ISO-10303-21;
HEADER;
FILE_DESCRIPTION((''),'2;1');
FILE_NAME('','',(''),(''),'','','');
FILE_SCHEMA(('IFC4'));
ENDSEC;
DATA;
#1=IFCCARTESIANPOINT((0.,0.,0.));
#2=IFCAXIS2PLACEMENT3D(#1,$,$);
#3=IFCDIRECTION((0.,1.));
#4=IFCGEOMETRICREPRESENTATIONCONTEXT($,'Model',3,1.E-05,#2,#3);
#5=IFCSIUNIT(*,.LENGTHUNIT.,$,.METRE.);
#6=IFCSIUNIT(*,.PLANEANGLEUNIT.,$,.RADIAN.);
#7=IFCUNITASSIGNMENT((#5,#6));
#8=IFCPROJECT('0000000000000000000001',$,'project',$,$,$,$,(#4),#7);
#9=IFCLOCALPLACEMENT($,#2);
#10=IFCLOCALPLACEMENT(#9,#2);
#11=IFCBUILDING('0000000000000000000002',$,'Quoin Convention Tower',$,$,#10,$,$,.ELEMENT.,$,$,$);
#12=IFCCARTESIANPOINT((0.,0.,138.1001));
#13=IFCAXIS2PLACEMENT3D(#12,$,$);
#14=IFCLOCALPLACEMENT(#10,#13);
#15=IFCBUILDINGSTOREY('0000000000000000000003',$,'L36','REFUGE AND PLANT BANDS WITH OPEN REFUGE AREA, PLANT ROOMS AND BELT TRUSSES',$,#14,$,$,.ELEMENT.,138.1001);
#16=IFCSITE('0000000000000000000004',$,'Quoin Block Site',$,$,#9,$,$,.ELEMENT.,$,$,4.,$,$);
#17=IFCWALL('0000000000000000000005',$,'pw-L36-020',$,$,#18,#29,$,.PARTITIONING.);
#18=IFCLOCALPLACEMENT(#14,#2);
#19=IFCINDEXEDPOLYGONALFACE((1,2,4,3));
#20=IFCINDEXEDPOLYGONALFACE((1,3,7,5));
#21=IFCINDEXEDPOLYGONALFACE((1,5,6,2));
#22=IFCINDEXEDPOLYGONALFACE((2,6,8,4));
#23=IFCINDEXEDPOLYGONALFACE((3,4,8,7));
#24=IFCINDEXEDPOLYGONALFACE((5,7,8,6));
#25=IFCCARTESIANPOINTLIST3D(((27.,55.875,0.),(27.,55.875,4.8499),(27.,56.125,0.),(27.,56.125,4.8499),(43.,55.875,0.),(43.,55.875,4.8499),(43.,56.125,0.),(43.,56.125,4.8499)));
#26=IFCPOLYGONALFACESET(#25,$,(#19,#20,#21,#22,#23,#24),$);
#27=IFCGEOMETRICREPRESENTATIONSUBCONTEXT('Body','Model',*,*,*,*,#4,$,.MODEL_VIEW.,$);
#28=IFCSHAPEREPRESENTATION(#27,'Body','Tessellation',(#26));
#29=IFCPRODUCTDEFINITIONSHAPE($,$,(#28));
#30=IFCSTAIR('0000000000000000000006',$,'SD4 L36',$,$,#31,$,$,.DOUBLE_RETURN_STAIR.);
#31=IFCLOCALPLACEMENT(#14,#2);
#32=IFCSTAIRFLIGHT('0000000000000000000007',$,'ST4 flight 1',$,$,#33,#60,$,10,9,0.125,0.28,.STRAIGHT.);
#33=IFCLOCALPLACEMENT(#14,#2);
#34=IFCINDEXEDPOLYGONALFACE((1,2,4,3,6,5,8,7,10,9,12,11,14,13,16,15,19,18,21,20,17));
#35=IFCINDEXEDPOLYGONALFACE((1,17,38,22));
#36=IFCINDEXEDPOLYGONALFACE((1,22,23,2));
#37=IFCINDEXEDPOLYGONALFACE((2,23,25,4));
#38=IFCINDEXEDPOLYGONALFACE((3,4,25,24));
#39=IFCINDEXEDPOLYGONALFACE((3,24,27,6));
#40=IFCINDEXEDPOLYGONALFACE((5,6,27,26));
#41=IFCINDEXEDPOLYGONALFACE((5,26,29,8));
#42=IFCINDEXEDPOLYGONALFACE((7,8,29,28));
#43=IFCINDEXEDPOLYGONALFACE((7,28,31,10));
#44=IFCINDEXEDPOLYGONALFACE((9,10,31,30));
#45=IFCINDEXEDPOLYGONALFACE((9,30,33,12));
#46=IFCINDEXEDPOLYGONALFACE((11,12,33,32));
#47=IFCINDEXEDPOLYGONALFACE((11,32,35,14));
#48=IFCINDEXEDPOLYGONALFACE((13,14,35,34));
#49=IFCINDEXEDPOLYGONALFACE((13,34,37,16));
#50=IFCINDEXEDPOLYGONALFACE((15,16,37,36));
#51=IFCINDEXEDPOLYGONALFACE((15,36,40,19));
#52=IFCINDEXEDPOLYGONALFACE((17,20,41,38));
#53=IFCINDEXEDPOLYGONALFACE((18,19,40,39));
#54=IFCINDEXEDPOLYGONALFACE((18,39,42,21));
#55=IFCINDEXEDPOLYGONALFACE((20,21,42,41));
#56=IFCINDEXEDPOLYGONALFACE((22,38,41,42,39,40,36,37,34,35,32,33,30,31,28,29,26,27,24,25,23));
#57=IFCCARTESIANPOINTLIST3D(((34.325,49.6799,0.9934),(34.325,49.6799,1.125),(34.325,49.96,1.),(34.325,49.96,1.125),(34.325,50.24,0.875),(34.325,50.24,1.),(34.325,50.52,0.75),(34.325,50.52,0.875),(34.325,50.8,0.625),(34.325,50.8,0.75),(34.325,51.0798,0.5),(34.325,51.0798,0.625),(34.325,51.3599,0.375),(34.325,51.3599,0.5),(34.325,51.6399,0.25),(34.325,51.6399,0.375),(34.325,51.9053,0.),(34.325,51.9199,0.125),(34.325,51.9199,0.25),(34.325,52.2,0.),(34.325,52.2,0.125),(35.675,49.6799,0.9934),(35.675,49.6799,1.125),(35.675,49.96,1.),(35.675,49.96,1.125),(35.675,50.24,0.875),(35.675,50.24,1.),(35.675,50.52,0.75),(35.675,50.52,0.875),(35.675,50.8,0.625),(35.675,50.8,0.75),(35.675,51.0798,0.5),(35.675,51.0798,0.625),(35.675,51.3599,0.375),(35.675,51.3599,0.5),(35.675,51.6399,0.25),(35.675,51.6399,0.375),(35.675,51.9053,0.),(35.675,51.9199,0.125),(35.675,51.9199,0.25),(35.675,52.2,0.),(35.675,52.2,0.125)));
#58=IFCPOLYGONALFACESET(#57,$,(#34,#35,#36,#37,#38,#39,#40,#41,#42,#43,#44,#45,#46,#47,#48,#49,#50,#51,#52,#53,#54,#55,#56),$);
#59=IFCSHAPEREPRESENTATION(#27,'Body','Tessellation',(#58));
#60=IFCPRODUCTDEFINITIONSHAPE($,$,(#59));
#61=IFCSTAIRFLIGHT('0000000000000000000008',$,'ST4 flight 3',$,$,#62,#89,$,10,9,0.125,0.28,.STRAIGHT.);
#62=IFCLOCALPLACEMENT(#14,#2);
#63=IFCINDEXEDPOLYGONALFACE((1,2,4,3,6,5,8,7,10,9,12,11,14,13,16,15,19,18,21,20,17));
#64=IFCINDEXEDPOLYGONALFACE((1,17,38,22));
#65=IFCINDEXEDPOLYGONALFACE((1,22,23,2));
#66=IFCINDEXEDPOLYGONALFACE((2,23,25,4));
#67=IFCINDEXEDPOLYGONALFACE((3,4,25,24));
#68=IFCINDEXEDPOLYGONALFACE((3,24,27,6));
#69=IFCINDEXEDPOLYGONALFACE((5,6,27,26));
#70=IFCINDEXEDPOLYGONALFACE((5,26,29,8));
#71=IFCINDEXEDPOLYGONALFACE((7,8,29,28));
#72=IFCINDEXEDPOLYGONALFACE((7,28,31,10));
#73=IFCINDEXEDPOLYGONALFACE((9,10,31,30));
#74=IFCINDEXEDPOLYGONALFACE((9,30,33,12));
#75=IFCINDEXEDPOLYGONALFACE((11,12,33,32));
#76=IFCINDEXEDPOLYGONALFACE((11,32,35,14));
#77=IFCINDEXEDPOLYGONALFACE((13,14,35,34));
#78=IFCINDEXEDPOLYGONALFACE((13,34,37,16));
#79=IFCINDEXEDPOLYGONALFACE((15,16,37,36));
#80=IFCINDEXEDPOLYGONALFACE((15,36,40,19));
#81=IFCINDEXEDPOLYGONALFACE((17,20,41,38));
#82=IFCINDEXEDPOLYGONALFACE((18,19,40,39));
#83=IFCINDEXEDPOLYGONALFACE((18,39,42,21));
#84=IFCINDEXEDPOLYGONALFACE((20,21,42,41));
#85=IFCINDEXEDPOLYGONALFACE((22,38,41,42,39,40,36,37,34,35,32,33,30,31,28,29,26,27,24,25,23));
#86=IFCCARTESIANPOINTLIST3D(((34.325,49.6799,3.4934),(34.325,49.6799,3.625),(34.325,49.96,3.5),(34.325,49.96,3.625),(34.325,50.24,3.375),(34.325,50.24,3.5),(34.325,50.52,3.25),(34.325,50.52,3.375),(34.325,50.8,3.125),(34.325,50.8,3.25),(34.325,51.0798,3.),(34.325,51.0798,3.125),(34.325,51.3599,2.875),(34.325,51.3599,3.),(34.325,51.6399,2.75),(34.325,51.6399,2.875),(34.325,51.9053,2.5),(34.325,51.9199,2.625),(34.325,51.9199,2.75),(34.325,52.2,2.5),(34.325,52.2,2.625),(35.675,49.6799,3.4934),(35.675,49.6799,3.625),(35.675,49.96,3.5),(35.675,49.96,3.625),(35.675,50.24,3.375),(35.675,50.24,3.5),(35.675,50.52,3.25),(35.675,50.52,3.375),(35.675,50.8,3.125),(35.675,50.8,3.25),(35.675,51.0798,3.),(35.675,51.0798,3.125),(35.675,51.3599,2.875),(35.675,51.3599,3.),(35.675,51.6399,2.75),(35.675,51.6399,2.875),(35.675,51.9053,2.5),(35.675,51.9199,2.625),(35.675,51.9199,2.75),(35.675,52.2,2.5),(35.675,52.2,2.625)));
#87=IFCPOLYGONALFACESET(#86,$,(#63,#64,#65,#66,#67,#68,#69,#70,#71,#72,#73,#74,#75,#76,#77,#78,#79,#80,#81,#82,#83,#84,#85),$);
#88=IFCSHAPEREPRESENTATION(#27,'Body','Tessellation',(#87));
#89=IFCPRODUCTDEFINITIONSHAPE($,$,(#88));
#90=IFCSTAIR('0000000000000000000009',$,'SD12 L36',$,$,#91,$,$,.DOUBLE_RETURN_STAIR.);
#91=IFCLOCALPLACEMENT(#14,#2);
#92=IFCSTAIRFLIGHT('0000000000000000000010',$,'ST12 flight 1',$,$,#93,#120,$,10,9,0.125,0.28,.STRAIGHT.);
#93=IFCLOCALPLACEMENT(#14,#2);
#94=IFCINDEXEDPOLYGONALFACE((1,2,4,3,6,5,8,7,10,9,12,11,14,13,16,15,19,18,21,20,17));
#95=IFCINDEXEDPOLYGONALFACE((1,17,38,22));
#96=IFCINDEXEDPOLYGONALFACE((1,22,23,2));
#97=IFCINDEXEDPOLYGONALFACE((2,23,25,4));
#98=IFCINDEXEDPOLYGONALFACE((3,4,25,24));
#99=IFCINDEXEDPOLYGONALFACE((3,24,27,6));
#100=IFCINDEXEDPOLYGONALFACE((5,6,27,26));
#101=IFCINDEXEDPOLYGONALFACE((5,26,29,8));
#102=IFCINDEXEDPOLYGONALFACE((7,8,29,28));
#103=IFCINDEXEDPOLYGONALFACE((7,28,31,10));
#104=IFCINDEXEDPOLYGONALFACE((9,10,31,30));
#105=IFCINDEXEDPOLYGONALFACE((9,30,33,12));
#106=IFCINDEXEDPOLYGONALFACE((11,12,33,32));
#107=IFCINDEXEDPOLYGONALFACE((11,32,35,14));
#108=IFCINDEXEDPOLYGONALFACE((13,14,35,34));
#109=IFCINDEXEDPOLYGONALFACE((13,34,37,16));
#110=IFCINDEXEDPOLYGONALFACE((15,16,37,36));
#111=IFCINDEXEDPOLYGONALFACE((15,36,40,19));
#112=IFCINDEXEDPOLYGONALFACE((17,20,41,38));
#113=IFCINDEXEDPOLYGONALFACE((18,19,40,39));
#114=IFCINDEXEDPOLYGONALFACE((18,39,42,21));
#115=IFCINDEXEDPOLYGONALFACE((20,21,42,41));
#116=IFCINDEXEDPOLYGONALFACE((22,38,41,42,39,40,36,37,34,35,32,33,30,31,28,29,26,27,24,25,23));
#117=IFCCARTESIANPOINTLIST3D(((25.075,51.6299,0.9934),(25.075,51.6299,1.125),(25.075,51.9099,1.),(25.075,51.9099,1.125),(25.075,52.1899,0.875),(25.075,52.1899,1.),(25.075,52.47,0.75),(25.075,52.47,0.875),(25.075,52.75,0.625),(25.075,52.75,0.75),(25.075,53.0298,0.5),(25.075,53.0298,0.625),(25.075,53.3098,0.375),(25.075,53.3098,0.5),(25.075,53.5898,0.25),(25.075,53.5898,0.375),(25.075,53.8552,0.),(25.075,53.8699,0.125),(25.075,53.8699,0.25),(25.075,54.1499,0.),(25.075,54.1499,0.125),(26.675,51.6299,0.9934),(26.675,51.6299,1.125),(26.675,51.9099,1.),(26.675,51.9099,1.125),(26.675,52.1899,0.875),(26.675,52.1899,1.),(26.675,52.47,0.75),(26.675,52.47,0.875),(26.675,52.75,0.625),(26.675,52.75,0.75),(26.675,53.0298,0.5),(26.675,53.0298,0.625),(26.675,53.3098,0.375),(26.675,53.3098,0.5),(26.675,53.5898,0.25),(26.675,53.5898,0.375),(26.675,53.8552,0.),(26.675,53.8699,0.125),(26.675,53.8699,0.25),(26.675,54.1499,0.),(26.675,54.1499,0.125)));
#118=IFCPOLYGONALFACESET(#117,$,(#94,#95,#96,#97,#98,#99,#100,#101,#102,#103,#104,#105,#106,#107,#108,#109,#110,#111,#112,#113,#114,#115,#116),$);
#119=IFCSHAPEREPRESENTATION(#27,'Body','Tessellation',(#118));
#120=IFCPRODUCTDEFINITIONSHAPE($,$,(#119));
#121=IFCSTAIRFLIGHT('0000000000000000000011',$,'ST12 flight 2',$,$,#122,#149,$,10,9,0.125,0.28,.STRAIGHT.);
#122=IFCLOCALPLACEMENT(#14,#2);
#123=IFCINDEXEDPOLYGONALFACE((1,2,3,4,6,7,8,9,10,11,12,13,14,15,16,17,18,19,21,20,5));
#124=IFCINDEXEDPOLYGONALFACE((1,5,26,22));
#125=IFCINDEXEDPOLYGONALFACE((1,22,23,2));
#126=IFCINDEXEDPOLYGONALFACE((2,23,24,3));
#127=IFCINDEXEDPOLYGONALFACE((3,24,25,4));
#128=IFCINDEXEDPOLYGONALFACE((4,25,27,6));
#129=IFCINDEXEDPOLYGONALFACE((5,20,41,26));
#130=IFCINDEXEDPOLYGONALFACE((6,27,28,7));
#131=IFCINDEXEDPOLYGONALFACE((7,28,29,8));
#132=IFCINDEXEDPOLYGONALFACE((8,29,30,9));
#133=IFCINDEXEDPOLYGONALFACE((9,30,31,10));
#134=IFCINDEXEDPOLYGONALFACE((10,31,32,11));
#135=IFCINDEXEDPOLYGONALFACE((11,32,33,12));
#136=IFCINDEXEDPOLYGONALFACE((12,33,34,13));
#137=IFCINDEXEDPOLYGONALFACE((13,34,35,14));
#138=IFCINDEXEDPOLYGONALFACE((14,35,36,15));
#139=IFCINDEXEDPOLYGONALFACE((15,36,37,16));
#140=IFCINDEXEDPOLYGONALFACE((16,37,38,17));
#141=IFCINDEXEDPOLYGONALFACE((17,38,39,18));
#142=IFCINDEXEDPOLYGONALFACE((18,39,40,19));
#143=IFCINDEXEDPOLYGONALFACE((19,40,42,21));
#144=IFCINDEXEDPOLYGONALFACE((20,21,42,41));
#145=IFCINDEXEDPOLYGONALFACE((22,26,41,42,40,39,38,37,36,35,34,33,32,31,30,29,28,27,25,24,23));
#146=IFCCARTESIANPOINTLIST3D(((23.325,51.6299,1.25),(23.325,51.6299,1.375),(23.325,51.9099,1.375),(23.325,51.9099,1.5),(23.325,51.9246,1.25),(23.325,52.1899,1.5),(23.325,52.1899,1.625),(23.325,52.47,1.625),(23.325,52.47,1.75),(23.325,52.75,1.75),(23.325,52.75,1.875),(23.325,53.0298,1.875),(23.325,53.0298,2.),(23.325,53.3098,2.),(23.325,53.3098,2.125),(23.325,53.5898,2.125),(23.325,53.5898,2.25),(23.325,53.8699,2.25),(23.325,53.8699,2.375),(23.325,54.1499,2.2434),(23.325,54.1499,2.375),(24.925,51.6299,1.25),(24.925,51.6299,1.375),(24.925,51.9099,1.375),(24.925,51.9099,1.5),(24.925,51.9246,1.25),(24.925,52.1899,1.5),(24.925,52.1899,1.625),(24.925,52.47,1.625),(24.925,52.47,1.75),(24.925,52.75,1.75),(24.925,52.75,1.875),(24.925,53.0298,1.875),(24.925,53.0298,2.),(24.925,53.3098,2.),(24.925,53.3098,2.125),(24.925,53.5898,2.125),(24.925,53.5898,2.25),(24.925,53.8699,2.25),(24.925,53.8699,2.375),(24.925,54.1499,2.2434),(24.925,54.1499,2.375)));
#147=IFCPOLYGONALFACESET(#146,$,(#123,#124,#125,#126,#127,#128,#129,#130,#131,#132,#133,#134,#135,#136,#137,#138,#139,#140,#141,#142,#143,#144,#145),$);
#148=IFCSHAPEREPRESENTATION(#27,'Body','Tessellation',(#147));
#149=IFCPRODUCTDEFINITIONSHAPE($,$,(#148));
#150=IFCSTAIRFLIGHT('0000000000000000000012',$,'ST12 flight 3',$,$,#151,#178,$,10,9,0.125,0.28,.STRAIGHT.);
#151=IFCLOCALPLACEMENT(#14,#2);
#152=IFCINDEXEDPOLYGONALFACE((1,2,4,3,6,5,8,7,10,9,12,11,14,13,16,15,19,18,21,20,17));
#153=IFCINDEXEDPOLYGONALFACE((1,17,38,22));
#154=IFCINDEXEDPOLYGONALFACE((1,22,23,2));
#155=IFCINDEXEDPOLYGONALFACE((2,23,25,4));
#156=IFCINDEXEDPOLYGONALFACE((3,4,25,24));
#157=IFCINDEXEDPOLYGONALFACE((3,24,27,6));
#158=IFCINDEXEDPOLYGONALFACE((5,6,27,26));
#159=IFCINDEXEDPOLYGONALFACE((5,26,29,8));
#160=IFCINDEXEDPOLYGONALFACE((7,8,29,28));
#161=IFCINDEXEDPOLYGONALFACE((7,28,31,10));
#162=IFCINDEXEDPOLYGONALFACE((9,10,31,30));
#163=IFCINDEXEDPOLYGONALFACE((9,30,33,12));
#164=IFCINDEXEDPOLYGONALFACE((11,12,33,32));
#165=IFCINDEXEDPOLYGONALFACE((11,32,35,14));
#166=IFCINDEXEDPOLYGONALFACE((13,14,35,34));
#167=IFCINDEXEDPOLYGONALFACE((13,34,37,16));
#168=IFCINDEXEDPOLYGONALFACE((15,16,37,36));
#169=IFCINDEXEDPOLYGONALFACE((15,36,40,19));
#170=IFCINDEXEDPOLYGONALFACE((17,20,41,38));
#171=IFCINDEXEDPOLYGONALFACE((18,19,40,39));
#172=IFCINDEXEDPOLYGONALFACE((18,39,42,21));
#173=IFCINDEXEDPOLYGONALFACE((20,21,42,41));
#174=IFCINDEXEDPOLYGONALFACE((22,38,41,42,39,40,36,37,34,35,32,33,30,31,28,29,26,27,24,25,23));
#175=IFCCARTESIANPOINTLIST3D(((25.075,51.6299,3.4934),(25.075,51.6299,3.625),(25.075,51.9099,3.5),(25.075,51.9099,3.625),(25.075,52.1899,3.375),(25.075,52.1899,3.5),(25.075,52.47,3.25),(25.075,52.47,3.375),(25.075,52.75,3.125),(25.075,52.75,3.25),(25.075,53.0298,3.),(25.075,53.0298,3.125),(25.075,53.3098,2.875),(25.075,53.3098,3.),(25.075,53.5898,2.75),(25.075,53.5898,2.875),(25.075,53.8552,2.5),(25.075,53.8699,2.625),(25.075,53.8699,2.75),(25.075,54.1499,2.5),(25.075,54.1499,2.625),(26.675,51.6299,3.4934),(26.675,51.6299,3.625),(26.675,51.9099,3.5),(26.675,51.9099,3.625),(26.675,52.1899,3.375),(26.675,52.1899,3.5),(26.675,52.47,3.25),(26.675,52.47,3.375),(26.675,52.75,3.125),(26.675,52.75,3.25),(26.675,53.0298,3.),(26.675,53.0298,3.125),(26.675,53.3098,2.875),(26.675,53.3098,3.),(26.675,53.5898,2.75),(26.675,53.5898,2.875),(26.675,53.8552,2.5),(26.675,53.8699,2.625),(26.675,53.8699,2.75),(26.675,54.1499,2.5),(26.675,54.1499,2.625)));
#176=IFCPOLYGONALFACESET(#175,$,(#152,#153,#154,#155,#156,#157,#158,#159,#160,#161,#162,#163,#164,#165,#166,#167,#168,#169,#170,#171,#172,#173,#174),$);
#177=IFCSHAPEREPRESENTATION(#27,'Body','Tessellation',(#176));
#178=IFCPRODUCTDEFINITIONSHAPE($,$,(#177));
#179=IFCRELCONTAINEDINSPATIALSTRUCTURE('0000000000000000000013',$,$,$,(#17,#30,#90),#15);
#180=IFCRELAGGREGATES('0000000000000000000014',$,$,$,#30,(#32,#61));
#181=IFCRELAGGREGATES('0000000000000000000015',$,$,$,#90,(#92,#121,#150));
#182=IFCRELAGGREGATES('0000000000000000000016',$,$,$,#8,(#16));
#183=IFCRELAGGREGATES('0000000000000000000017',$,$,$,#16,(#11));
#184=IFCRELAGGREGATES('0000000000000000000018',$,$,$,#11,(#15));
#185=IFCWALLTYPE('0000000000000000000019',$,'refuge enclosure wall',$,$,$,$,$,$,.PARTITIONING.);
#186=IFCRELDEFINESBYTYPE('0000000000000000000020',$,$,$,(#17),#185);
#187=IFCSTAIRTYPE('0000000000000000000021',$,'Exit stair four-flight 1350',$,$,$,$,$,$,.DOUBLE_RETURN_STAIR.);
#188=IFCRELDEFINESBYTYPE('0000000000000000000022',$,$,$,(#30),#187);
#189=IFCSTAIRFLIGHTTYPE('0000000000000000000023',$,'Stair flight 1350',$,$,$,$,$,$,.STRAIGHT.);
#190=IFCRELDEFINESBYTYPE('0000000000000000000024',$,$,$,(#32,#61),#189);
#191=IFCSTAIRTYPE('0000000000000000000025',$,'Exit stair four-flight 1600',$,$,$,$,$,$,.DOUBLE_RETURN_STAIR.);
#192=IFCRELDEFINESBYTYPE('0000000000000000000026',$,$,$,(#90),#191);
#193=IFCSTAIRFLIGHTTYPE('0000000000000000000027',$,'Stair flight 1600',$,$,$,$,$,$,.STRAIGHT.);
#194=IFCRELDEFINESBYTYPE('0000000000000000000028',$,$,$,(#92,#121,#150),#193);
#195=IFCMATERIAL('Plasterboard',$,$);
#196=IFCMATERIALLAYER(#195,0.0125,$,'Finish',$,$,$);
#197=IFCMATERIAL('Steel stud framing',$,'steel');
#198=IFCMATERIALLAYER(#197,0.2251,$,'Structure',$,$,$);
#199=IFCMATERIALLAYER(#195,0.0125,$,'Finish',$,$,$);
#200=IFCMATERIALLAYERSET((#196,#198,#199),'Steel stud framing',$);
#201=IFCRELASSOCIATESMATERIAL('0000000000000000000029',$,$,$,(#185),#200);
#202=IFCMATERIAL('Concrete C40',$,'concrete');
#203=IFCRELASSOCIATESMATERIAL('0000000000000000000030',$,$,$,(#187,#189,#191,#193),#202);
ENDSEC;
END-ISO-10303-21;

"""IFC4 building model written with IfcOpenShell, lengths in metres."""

from ifc_helpers import new_model, si_unit, direction, frame, frame_2d, origin, place, context, subcontext, project, spatial, polyline, rectangle, outline, extrude, material, layer, layer_set, type_object, element, aggregate, save


model = new_model("IFC4")

# Units and contexts
model_context = context("Model", 3, precision=1e-05, world=origin(), true_north=direction((0.0, 1.0)))
body_context = subcontext(model_context, "Body", "Model", "MODEL_VIEW")
ifc_project = project(units=[si_unit("LENGTHUNIT", "METRE"), si_unit("PLANEANGLEUNIT", "RADIAN")], contexts=[model_context])

# Site, building, storey
site_placement = place(None, origin())
site = spatial("IfcSite", under=ifc_project, at=site_placement, Name="Quoin Block Site", CompositionType="ELEMENT", RefElevation=4.0)
building_placement = place(site_placement, origin())
building = spatial("IfcBuilding", under=site, at=building_placement, Name="Quoin Convention Tower", CompositionType="ELEMENT")
storey_placement = place(building_placement, frame((0.0, 0.0, 138.1001)))
storey = spatial("IfcBuildingStorey", under=building, at=storey_placement, Name="L36", Description="REFUGE AND PLANT BANDS WITH OPEN REFUGE AREA, PLANT ROOMS AND BELT TRUSSES", CompositionType="ELEMENT", Elevation=138.1001)

# Wall
ifc_material_1 = material(Name="Plasterboard")
ifc_layer_1 = layer(ifc_material_1, 0.0125, Name="Finish")
ifc_material_2 = material(Name="Steel stud framing", Category="steel")
ifc_layer_2 = layer(ifc_material_2, 0.2251, Name="Structure")
ifc_layer_3 = layer(ifc_material_1, 0.0125, Name="Finish")
ifc_layer_set_1 = layer_set([ifc_layer_1, ifc_layer_2, ifc_layer_3], Name="Steel stud framing")
wall_type_1 = type_object("IfcWallType", Name="refuge enclosure wall", PredefinedType="PARTITIONING", material=ifc_layer_set_1)
wall_1_placement = place(storey_placement, frame((27.0, 56.0, 0.0), z_axis=(0.0, 0.0, 1.0), x_axis=(1.0, 0.0, 0.0)))
element("IfcWall", 1, at=wall_1_placement, inside=storey, type_object=wall_type_1, Name="pw-L36-020", PredefinedType="PARTITIONING", context=body_context, shape_type="SweptSolid", body=[
    extrude(rectangle(XDim=16.0, YDim=0.25, at=frame_2d((8.0, 0.0))), origin(), (0.0, 0.0, 1.0), 4.8499),
])

# Stairs, stair flights
ifc_material_3 = material(Name="Concrete C40", Category="concrete")
stair_type_1 = type_object("IfcStairType", Name="Exit stair four-flight 1350", PredefinedType="DOUBLE_RETURN_STAIR", material=ifc_material_3)
stair_1_placement = place(storey_placement, origin())
stair_1 = element("IfcStair", 2, at=stair_1_placement, inside=storey, type_object=stair_type_1, Name="SD4 L36", PredefinedType="DOUBLE_RETURN_STAIR")
stair_flight_type_1 = type_object("IfcStairFlightType", Name="Stair flight 1350", PredefinedType="STRAIGHT", material=ifc_material_3)
stair_flight_1_placement = place(storey_placement, frame((35.0, 52.2, 0.0), z_axis=(0.0, 0.0, 1.0), x_axis=(0.0, -1.0, 0.0)))
stair_flight_1 = element("IfcStairFlight", 3, at=stair_flight_1_placement, type_object=stair_flight_type_1, Name="ST4 flight 1", NumberOfRisers=10, NumberOfTreads=9, PredefinedType="STRAIGHT", RiserHeight=0.125, TreadLength=0.28, context=body_context, shape_type="SweptSolid", body=[
    extrude(outline(polyline([(0.0, 0.0), (0.0, 0.125), (0.28, 0.125), (0.28, 0.25), (0.5601, 0.25), (0.5601, 0.375), (0.8401, 0.375), (0.8401, 0.5), (1.1201, 0.5), (1.1201, 0.625), (1.3999, 0.625), (1.3999, 0.75), (1.6799, 0.75), (1.6799, 0.875), (1.96, 0.875), (1.96, 1.0), (2.24, 1.0), (2.24, 1.125), (2.52, 1.125), (2.52, 1.25), (2.52, 0.9934), (0.2947, 0.0), (0.0, 0.0)])), frame((0.0, 0.675, 0.0), z_axis=(0.0, -1.0, 0.0), x_axis=(1.0, 0.0, 0.0)), (0.0, 0.0, 1.0), 1.3501),
])
stair_flight_2_placement = place(storey_placement, frame((35.0, 52.2, 2.5), z_axis=(0.0, 0.0, 1.0), x_axis=(0.0, -1.0, 0.0)))
stair_flight_2 = element("IfcStairFlight", 4, at=stair_flight_2_placement, type_object=stair_flight_type_1, Name="ST4 flight 3", NumberOfRisers=10, NumberOfTreads=9, PredefinedType="STRAIGHT", RiserHeight=0.125, TreadLength=0.28, context=body_context, shape_type="SweptSolid", body=[
    extrude(outline(polyline([(0.0, 0.0), (0.0, 0.125), (0.28, 0.125), (0.28, 0.25), (0.5601, 0.25), (0.5601, 0.375), (0.8401, 0.375), (0.8401, 0.5), (1.1201, 0.5), (1.1201, 0.625), (1.3999, 0.625), (1.3999, 0.75), (1.6799, 0.75), (1.6799, 0.875), (1.96, 0.875), (1.96, 1.0), (2.24, 1.0), (2.24, 1.125), (2.52, 1.125), (2.52, 1.25), (2.52, 0.9934), (0.2947, 0.0), (0.0, 0.0)])), frame((0.0, 0.675, 0.0), z_axis=(0.0, -1.0, 0.0), x_axis=(1.0, 0.0, 0.0)), (0.0, 0.0, 1.0), 1.3501),
])
aggregate(stair_1, [stair_flight_1, stair_flight_2])
stair_type_2 = type_object("IfcStairType", Name="Exit stair four-flight 1600", PredefinedType="DOUBLE_RETURN_STAIR", material=ifc_material_3)
stair_2_placement = place(storey_placement, origin())
stair_2 = element("IfcStair", 5, at=stair_2_placement, inside=storey, type_object=stair_type_2, Name="SD12 L36", PredefinedType="DOUBLE_RETURN_STAIR")
stair_flight_type_2 = type_object("IfcStairFlightType", Name="Stair flight 1600", PredefinedType="STRAIGHT", material=ifc_material_3)
stair_flight_3_placement = place(storey_placement, frame((25.875, 54.1499, 0.0), z_axis=(0.0, 0.0, 1.0), x_axis=(0.0, -1.0, 0.0)))
stair_flight_3 = element("IfcStairFlight", 6, at=stair_flight_3_placement, type_object=stair_flight_type_2, Name="ST12 flight 1", NumberOfRisers=10, NumberOfTreads=9, PredefinedType="STRAIGHT", RiserHeight=0.125, TreadLength=0.28, context=body_context, shape_type="SweptSolid", body=[
    extrude(outline(polyline([(0.0, 0.0), (0.0, 0.125), (0.28, 0.125), (0.28, 0.25), (0.5601, 0.25), (0.5601, 0.375), (0.8401, 0.375), (0.8401, 0.5), (1.1201, 0.5), (1.1201, 0.625), (1.3999, 0.625), (1.3999, 0.75), (1.6799, 0.75), (1.6799, 0.875), (1.96, 0.875), (1.96, 1.0), (2.24, 1.0), (2.24, 1.125), (2.52, 1.125), (2.52, 1.25), (2.52, 0.9934), (0.2947, 0.0), (0.0, 0.0)])), frame((0.0, 0.8, 0.0), z_axis=(0.0, -1.0, 0.0), x_axis=(1.0, 0.0, 0.0)), (0.0, 0.0, 1.0), 1.6001),
])
stair_flight_4_placement = place(storey_placement, frame((24.125, 51.6299, 1.25), z_axis=(0.0, 0.0, 1.0), x_axis=(0.0, 1.0, 0.0)))
stair_flight_4 = element("IfcStairFlight", 7, at=stair_flight_4_placement, type_object=stair_flight_type_2, Name="ST12 flight 2", NumberOfRisers=10, NumberOfTreads=9, PredefinedType="STRAIGHT", RiserHeight=0.125, TreadLength=0.28, context=body_context, shape_type="SweptSolid", body=[
    extrude(outline(polyline([(0.0, 0.0), (0.0, 0.125), (0.28, 0.125), (0.28, 0.25), (0.5601, 0.25), (0.5601, 0.375), (0.8401, 0.375), (0.8401, 0.5), (1.1201, 0.5), (1.1201, 0.625), (1.3999, 0.625), (1.3999, 0.75), (1.6799, 0.75), (1.6799, 0.875), (1.96, 0.875), (1.96, 1.0), (2.24, 1.0), (2.24, 1.125), (2.52, 1.125), (2.52, 1.25), (2.52, 0.9934), (0.2947, 0.0), (0.0, 0.0)])), frame((0.0, 0.8, 0.0), z_axis=(0.0, -1.0, 0.0), x_axis=(1.0, 0.0, 0.0)), (0.0, 0.0, 1.0), 1.6001),
])
stair_flight_5_placement = place(storey_placement, frame((25.875, 54.1499, 2.5), z_axis=(0.0, 0.0, 1.0), x_axis=(0.0, -1.0, 0.0)))
stair_flight_5 = element("IfcStairFlight", 8, at=stair_flight_5_placement, type_object=stair_flight_type_2, Name="ST12 flight 3", NumberOfRisers=10, NumberOfTreads=9, PredefinedType="STRAIGHT", RiserHeight=0.125, TreadLength=0.28, context=body_context, shape_type="SweptSolid", body=[
    extrude(outline(polyline([(0.0, 0.0), (0.0, 0.125), (0.28, 0.125), (0.28, 0.25), (0.5601, 0.25), (0.5601, 0.375), (0.8401, 0.375), (0.8401, 0.5), (1.1201, 0.5), (1.1201, 0.625), (1.3999, 0.625), (1.3999, 0.75), (1.6799, 0.75), (1.6799, 0.875), (1.96, 0.875), (1.96, 1.0), (2.24, 1.0), (2.24, 1.125), (2.52, 1.125), (2.52, 1.25), (2.52, 0.9934), (0.2947, 0.0), (0.0, 0.0)])), frame((0.0, 0.8, 0.0), z_axis=(0.0, -1.0, 0.0), x_axis=(1.0, 0.0, 0.0)), (0.0, 0.0, 1.0), 1.6001),
])
aggregate(stair_2, [stair_flight_3, stair_flight_4, stair_flight_5])

save(model, "model.ifc")
